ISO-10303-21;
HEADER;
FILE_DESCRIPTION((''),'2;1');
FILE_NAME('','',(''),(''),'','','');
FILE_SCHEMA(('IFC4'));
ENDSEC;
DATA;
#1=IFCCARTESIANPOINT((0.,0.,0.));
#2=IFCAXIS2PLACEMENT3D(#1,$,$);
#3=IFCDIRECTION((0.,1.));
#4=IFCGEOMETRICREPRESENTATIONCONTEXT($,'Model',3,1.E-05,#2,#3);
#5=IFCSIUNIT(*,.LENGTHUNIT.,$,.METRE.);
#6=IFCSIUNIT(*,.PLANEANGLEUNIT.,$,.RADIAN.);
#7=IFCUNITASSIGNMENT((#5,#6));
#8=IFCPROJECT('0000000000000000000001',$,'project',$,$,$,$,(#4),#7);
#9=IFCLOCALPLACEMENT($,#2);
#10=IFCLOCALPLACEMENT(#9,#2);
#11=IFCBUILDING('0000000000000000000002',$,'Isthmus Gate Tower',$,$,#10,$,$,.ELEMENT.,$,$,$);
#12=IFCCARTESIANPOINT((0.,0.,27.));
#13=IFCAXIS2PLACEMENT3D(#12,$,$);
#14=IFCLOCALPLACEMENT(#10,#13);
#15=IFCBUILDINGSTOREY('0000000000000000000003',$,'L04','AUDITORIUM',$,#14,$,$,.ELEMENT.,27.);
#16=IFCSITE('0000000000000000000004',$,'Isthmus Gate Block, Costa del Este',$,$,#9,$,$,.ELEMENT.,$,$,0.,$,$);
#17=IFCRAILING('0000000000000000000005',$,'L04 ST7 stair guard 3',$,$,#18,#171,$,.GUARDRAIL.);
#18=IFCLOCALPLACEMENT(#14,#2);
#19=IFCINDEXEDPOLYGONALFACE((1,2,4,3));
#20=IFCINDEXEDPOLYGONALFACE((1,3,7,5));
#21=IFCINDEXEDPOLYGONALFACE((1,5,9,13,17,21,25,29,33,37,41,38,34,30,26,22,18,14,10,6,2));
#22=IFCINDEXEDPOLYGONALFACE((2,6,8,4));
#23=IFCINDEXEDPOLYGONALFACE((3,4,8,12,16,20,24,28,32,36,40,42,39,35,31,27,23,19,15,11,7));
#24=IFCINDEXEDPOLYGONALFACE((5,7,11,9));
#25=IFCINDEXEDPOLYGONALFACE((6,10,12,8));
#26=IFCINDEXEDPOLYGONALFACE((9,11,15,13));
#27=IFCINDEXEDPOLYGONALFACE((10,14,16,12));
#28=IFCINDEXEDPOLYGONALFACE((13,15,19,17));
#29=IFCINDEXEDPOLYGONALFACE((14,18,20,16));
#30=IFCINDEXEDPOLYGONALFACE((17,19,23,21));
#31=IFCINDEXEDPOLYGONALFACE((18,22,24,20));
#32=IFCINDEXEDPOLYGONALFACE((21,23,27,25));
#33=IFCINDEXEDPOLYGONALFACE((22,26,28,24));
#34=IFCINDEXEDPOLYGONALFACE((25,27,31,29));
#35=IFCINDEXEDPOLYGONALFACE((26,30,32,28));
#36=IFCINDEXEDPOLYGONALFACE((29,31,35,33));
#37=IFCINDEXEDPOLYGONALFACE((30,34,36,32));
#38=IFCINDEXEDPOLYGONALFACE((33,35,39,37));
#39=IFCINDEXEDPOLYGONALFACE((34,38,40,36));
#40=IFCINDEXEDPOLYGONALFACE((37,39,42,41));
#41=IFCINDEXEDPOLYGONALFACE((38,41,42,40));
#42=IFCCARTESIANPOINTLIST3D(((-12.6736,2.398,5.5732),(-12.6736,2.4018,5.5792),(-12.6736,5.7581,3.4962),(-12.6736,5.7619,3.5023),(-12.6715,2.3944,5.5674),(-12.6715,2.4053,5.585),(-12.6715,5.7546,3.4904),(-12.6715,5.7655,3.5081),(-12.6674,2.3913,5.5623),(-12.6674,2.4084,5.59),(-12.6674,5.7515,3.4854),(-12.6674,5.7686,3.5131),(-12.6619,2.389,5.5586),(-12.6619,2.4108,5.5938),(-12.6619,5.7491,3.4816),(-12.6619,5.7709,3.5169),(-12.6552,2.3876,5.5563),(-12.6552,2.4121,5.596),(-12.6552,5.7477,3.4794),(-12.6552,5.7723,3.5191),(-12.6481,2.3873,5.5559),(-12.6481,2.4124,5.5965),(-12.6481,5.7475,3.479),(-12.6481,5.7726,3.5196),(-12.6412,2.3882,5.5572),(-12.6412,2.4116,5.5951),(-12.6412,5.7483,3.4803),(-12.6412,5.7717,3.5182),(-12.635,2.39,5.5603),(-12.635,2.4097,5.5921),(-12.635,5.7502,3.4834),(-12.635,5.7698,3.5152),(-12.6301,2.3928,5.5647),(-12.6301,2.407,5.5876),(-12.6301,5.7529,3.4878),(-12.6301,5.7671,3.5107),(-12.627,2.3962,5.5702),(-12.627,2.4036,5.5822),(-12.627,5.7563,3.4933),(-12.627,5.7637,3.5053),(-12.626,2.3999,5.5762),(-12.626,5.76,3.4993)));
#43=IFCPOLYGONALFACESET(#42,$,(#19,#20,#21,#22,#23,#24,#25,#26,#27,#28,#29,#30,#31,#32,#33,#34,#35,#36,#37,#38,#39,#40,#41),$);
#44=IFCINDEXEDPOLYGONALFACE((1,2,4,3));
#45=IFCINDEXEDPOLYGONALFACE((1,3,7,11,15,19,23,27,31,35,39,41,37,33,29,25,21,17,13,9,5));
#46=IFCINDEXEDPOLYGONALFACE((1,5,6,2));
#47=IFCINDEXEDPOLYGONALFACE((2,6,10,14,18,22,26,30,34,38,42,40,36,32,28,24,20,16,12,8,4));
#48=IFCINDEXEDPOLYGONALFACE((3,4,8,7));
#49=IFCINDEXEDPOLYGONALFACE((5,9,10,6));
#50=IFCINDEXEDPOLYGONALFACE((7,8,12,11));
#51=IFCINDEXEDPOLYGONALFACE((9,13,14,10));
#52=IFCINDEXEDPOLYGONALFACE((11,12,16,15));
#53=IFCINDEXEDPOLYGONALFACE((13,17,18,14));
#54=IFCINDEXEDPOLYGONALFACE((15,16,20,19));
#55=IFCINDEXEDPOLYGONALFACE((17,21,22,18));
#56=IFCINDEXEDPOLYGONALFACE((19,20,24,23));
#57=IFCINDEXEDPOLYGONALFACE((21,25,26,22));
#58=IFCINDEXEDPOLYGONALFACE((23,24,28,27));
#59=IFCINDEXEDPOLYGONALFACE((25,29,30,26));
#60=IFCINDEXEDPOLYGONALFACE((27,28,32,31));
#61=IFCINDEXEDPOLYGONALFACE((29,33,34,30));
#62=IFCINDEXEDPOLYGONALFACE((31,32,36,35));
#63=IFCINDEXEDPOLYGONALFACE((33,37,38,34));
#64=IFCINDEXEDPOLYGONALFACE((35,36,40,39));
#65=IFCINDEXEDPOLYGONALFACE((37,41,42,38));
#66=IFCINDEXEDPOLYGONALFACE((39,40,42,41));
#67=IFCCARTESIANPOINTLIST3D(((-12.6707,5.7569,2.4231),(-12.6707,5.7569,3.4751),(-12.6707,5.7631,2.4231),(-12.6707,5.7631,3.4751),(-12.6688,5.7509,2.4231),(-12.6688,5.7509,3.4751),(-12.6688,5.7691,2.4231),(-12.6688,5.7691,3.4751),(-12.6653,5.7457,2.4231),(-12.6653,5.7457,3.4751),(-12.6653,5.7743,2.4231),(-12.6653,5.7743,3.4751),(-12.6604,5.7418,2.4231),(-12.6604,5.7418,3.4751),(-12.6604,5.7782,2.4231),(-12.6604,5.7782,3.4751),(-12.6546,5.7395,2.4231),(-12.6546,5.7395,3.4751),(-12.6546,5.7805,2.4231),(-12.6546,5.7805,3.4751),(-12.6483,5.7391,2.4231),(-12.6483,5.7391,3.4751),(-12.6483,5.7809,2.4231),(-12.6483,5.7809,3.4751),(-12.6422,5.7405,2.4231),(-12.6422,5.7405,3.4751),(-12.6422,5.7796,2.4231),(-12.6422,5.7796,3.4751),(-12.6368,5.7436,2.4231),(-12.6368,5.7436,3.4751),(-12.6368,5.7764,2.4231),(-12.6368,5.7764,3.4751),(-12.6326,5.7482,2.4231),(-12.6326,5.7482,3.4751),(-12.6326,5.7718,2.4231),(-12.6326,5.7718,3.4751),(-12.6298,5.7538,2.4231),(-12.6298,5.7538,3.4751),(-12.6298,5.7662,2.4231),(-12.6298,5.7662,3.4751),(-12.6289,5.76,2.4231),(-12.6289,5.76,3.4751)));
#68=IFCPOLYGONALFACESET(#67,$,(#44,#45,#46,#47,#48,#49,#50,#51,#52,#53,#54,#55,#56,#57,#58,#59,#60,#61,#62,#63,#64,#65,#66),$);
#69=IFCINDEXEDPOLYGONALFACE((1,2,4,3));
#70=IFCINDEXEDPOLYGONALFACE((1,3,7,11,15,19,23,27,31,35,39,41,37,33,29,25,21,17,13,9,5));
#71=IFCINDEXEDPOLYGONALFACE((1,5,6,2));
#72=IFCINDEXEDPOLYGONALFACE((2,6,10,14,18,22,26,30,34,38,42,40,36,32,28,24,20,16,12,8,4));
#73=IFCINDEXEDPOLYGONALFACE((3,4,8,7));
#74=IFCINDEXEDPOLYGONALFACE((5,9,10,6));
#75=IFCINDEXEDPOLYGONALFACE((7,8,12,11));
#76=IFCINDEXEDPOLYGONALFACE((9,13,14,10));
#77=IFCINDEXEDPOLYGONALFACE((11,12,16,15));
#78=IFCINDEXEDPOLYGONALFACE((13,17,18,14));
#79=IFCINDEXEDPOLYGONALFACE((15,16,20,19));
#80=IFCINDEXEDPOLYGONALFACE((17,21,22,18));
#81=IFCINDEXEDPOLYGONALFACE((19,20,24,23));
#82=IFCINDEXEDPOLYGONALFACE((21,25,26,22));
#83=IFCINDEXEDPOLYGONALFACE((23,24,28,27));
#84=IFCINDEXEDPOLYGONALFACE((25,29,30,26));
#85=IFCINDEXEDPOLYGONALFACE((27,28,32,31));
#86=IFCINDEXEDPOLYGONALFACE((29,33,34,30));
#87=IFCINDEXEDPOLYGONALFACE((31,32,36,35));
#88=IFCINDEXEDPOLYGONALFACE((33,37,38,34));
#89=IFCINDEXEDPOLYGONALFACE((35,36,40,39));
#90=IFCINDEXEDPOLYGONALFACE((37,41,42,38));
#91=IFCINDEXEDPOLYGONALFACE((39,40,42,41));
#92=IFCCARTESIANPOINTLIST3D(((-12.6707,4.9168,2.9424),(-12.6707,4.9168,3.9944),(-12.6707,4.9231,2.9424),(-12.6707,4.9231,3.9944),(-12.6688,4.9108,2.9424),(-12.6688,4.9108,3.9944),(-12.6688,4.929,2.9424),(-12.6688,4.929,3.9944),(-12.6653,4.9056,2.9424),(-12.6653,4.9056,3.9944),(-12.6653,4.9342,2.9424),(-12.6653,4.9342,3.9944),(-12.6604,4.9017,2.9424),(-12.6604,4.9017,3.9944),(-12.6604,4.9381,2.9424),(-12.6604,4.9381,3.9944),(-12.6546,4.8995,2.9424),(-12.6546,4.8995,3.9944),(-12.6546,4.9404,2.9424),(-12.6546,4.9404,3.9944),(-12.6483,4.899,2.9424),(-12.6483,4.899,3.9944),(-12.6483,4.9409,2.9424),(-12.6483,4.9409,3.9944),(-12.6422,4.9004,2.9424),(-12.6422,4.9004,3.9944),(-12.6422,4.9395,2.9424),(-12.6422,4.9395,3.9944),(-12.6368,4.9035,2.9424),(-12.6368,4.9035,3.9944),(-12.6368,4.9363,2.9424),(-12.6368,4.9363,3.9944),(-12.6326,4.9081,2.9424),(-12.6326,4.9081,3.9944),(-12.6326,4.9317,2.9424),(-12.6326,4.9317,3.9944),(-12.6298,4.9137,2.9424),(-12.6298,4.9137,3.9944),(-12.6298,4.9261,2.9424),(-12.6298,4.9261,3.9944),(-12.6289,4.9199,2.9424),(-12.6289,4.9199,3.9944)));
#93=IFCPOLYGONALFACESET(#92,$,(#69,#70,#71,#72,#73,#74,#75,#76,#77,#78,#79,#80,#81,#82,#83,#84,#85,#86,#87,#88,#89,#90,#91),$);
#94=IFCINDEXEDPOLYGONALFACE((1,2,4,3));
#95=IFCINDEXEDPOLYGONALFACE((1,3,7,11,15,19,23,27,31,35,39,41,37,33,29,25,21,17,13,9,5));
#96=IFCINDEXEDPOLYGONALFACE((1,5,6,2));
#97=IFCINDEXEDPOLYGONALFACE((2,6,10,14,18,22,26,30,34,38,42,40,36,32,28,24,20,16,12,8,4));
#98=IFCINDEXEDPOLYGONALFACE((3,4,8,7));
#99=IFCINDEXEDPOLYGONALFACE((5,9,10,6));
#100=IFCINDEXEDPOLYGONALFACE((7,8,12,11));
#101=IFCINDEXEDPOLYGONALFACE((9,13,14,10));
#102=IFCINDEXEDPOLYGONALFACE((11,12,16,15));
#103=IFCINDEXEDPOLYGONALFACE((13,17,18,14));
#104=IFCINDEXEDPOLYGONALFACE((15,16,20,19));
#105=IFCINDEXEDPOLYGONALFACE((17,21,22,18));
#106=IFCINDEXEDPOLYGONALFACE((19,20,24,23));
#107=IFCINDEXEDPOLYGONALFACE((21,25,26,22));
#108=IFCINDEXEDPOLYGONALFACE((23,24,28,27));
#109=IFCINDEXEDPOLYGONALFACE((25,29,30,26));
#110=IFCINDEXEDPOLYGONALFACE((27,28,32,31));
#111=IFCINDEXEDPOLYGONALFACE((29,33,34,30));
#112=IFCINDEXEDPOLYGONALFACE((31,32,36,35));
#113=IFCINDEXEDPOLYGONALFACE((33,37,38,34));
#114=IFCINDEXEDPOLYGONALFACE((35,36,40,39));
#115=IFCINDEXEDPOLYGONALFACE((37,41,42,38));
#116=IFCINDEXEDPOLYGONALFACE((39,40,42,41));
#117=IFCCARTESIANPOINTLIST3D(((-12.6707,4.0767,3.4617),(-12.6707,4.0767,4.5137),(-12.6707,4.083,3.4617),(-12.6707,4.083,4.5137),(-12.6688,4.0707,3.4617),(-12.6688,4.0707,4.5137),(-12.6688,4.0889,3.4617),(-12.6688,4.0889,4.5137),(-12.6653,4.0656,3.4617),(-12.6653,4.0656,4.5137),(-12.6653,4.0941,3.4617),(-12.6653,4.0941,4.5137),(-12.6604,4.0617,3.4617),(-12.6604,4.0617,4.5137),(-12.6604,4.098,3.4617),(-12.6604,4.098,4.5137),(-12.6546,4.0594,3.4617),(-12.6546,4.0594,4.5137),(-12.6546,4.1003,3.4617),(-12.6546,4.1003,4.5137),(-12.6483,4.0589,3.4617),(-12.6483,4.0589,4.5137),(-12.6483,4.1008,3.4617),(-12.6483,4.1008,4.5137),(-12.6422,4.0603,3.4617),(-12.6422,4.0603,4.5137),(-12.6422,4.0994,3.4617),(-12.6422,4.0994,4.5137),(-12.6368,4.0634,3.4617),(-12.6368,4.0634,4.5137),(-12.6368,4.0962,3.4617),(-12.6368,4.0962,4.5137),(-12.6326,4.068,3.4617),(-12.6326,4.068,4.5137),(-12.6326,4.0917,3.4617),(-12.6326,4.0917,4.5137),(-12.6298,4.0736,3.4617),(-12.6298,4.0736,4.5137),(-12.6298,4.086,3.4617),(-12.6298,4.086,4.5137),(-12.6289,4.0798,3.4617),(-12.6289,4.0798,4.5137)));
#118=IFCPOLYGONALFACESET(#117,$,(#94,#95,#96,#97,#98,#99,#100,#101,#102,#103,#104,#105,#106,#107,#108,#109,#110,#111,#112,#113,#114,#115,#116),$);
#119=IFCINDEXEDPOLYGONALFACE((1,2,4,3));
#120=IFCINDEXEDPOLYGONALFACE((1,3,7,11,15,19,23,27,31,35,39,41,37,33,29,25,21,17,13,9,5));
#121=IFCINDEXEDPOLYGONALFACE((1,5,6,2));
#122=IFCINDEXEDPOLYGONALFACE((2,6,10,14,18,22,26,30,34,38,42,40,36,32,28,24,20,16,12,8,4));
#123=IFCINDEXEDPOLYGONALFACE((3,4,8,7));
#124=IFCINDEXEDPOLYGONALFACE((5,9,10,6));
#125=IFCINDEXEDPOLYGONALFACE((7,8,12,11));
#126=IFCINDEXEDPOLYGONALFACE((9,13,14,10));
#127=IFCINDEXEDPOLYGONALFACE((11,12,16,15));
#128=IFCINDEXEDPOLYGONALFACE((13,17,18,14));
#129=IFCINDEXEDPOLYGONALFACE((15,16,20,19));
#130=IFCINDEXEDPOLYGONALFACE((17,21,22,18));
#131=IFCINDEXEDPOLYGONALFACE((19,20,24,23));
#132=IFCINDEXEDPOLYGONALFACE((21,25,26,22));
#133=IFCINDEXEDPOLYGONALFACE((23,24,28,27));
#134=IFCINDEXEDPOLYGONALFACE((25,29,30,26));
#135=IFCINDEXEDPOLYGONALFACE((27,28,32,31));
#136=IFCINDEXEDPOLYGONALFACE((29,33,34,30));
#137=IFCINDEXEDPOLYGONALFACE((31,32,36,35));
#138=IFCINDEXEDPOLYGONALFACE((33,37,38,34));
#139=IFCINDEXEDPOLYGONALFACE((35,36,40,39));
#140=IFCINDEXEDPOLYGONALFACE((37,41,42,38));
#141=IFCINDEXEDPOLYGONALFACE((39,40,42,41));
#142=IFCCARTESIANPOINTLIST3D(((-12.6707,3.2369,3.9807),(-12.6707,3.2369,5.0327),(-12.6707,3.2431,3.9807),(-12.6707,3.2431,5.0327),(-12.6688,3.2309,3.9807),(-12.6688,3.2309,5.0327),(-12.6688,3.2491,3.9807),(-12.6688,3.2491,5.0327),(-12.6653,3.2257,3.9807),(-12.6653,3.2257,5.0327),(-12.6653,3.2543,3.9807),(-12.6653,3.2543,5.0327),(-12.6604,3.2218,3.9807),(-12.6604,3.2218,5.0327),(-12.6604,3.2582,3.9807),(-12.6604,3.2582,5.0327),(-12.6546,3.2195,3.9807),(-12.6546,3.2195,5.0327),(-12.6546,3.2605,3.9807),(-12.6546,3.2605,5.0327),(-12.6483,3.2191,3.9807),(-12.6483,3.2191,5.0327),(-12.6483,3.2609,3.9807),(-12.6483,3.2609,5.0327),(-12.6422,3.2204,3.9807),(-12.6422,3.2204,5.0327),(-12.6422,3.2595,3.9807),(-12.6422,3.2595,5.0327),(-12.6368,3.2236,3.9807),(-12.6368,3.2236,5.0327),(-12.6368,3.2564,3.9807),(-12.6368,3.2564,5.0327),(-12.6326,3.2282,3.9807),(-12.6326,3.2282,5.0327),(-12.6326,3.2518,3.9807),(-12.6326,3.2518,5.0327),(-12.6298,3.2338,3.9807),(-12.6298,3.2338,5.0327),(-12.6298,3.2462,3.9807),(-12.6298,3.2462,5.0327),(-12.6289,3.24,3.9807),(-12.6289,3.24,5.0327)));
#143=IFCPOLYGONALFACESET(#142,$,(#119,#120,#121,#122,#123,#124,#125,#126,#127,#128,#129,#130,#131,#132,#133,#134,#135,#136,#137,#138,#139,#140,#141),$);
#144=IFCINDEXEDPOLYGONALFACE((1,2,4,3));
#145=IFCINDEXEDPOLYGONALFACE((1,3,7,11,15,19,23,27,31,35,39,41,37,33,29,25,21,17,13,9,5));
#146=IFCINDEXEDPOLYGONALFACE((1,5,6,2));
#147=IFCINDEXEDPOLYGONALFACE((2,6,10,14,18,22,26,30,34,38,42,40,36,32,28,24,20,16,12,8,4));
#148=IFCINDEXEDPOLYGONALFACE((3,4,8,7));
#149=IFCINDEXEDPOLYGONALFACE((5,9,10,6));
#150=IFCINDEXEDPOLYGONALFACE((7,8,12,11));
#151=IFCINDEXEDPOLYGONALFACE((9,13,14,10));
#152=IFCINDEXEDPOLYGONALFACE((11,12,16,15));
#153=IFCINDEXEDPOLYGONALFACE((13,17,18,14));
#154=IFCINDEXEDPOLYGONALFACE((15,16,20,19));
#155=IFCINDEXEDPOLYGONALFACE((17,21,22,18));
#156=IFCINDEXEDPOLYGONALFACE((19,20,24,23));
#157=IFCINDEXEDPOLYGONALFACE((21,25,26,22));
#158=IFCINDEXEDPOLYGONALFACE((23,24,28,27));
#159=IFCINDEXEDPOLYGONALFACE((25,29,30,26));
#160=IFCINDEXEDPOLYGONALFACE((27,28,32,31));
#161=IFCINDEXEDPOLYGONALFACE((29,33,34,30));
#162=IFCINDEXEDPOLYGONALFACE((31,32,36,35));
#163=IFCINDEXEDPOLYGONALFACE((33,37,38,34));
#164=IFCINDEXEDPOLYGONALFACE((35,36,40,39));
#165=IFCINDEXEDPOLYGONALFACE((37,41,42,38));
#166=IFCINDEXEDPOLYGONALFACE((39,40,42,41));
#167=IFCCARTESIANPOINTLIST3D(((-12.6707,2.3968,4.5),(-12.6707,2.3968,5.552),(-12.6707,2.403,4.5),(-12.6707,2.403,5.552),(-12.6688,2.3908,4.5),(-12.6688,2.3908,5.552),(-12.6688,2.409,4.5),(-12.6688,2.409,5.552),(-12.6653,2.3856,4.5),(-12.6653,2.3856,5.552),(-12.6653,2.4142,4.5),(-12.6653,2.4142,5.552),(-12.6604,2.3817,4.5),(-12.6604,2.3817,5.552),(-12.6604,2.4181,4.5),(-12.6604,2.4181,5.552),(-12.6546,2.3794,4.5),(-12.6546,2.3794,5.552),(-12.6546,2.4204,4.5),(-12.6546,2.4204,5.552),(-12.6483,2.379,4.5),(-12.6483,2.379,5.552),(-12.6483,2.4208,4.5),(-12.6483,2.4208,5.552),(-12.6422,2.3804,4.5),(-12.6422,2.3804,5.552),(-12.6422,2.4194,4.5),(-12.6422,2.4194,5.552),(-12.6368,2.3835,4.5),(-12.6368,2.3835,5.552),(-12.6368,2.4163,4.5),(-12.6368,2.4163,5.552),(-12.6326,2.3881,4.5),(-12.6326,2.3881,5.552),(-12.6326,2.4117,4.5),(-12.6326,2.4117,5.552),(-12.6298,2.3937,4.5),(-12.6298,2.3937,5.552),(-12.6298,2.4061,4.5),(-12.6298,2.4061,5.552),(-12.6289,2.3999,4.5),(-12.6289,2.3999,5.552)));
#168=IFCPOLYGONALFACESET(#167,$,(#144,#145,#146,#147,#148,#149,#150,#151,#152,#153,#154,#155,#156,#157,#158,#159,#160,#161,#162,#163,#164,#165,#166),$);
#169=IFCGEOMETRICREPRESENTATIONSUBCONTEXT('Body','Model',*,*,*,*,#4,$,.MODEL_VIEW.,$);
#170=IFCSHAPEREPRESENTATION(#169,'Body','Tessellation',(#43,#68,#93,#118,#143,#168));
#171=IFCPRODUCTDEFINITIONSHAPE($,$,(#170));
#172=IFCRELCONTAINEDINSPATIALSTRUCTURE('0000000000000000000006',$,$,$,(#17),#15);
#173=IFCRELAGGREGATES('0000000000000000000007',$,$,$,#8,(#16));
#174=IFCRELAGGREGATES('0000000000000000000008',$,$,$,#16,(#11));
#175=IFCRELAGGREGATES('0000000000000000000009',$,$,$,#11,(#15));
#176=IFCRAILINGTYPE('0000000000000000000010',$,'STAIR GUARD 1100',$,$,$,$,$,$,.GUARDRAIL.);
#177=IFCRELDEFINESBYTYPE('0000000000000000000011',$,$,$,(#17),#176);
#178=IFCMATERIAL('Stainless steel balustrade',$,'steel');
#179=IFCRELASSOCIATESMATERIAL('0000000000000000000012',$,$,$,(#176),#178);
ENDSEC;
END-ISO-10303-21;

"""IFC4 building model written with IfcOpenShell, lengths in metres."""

from ifc_helpers import new_model, si_unit, direction, frame, origin, origin_2d, place, context, subcontext, project, spatial, circle, extrude, material, type_object, element, save


model = new_model("IFC4")

# Units and contexts
model_context = context("Model", 3, precision=1e-05, world=origin(), true_north=direction((0.0, 1.0)))
body_context = subcontext(model_context, "Body", "Model", "MODEL_VIEW")
ifc_project = project(units=[si_unit("LENGTHUNIT", "METRE"), si_unit("PLANEANGLEUNIT", "RADIAN")], contexts=[model_context])

# Site, building, storey
site_placement = place(None, origin())
site = spatial("IfcSite", under=ifc_project, at=site_placement, Name="Isthmus Gate Block, Costa del Este", CompositionType="ELEMENT", RefElevation=0.0)
building_placement = place(site_placement, origin())
building = spatial("IfcBuilding", under=site, at=building_placement, Name="Isthmus Gate Tower", CompositionType="ELEMENT")
storey_placement = place(building_placement, frame((0.0, 0.0, 27.0)))
storey = spatial("IfcBuildingStorey", under=building, at=storey_placement, Name="L04", Description="AUDITORIUM", CompositionType="ELEMENT", Elevation=27.0)

# Railing
ifc_material_1 = material(Name="Stainless steel balustrade", Category="steel")
railing_type_1 = type_object("IfcRailingType", Name="STAIR GUARD 1100", PredefinedType="GUARDRAIL", material=ifc_material_1)
for number, where, name in (
    (1, (-12.6499, 5.76, 2.4231), "L04 ST7 stair guard 3"),
):
    element("IfcRailing", number, at=place(storey_placement, frame(where)), inside=storey, type_object=railing_type_1, Name=name, PredefinedType="GUARDRAIL", context=body_context, shape_type="SweptSolid", body=[
        extrude(circle(Radius=0.0239, at=origin_2d()), frame((0.0, 0.0, 1.0762), z_axis=(0.0, -0.850623, 0.525776), x_axis=(1.0, 0.0, 0.0)), (0.0, 0.0, 1.0), 3.9502),
        extrude(circle(Radius=0.021, at=origin_2d()), origin(), (0.0, 0.0, 1.0), 1.052),
        extrude(circle(Radius=0.021, at=origin_2d()), frame((0.0, -0.8401, 0.5193)), (0.0, 0.0, 1.0), 1.052),
        extrude(circle(Radius=0.021, at=origin_2d()), frame((0.0, -1.6802, 1.0386)), (0.0, 0.0, 1.0), 1.052),
        extrude(circle(Radius=0.021, at=origin_2d()), frame((0.0, -2.52, 1.5576)), (0.0, 0.0, 1.0), 1.052),
        extrude(circle(Radius=0.021, at=origin_2d()), frame((0.0, -3.3601, 2.0769)), (0.0, 0.0, 1.0), 1.052),
    ])

save(model, "model.ifc")
